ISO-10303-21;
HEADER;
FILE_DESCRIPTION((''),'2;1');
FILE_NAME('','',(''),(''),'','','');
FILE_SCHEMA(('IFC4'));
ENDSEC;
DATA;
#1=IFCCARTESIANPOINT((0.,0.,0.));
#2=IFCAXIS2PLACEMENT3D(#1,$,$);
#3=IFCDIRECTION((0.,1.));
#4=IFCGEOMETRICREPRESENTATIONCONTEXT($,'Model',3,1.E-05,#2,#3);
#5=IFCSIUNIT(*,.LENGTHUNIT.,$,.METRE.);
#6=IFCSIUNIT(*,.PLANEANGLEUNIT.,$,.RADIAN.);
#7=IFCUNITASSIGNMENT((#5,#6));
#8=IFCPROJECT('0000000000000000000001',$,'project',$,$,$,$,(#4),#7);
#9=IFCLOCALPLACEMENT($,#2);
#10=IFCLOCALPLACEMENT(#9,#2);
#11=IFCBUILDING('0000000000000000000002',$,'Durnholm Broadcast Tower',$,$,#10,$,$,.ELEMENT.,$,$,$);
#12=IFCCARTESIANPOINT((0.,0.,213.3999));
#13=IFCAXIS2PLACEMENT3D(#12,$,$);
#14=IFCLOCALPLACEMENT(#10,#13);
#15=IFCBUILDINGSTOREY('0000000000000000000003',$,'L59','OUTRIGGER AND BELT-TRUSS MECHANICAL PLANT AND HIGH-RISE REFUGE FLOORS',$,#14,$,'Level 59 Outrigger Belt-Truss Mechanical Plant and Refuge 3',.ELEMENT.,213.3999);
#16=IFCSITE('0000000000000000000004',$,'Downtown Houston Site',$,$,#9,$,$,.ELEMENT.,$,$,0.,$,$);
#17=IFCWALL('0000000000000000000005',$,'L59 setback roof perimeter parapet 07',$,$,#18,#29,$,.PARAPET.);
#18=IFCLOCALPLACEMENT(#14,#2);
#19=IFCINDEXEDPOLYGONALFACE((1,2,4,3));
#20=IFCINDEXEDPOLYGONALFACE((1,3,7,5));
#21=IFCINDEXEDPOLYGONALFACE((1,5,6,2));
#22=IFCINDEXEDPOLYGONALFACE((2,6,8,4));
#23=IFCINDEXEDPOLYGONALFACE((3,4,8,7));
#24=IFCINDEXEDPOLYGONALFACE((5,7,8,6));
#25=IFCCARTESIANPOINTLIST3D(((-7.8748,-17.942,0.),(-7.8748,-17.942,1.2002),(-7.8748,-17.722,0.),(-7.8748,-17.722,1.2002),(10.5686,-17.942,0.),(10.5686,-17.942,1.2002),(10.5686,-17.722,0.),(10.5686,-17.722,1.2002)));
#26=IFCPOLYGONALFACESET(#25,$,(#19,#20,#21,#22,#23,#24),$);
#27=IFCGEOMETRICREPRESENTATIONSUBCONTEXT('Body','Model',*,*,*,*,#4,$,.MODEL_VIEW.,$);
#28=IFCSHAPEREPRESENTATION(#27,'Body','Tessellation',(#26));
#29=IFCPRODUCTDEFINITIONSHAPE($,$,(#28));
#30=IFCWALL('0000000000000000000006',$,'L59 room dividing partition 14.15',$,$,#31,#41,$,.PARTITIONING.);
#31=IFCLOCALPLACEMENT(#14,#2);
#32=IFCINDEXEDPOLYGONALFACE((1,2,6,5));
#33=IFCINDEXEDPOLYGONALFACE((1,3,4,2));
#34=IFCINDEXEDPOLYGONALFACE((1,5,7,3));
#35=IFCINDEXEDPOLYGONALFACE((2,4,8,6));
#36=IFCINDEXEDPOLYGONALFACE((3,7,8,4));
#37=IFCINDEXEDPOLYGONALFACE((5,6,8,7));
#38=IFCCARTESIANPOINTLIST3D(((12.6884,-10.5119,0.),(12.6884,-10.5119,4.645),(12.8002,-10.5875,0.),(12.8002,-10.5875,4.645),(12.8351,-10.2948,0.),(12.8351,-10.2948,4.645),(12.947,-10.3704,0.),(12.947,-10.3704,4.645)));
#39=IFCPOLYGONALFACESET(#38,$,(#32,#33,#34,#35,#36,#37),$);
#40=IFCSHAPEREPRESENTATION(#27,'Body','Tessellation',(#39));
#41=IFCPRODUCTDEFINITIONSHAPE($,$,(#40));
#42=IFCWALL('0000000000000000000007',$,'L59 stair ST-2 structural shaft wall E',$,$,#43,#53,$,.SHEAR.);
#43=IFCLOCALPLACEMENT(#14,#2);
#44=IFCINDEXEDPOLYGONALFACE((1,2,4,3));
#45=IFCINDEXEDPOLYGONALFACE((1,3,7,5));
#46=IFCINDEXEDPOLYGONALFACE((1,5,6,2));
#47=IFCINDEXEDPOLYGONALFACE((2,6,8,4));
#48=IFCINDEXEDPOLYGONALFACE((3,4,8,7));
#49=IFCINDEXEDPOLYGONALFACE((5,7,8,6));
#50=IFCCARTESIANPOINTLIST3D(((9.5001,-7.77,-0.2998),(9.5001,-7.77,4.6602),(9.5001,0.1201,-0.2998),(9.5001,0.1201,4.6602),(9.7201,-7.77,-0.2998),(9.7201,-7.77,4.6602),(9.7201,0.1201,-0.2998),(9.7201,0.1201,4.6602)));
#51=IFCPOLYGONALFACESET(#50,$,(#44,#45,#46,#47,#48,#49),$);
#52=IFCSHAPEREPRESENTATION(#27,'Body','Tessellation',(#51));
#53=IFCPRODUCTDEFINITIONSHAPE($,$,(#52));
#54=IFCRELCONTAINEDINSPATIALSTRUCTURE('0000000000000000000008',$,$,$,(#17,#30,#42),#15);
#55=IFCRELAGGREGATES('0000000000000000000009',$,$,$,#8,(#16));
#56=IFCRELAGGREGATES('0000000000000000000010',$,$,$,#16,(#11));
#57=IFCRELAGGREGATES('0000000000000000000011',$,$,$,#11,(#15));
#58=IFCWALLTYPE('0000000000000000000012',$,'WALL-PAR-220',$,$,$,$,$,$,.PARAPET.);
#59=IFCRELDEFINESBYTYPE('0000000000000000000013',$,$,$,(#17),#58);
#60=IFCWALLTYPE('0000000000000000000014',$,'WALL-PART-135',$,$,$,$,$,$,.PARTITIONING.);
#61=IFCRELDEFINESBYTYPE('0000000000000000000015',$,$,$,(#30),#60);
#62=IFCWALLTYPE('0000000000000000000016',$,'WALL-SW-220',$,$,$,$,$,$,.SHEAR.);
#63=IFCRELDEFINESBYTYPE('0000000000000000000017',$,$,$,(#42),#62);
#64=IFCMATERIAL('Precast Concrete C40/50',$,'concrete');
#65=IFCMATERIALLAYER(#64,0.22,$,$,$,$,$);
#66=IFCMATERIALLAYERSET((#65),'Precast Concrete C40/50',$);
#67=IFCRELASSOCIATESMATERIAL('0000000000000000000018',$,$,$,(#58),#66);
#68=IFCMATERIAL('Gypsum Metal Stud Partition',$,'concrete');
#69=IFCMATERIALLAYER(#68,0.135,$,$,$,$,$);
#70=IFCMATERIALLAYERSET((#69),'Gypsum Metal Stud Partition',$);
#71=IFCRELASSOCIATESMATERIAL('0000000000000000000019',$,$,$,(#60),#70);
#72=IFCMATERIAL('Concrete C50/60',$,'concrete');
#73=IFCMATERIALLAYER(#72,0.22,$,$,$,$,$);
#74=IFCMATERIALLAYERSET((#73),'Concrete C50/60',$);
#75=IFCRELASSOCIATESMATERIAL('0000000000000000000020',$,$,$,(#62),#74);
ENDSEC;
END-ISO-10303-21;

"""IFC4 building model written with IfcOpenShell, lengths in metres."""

from ifc_helpers import new_model, si_unit, direction, frame, frame_2d, origin, place, context, subcontext, project, spatial, rectangle, extrude, material, layer, layer_set, type_object, element, save


model = new_model("IFC4")

# Units and contexts
model_context = context("Model", 3, precision=1e-05, world=origin(), true_north=direction((0.0, 1.0)))
body_context = subcontext(model_context, "Body", "Model", "MODEL_VIEW")
ifc_project = project(units=[si_unit("LENGTHUNIT", "METRE"), si_unit("PLANEANGLEUNIT", "RADIAN")], contexts=[model_context])

# Site, building, storey
site_placement = place(None, origin())
site = spatial("IfcSite", under=ifc_project, at=site_placement, Name="Downtown Houston Site", CompositionType="ELEMENT", RefElevation=0.0)
building_placement = place(site_placement, origin())
building = spatial("IfcBuilding", under=site, at=building_placement, Name="Durnholm Broadcast Tower", CompositionType="ELEMENT")
storey_placement = place(building_placement, frame((0.0, 0.0, 213.3999)))
storey = spatial("IfcBuildingStorey", under=building, at=storey_placement, Name="L59", Description="OUTRIGGER AND BELT-TRUSS MECHANICAL PLANT AND HIGH-RISE REFUGE FLOORS", LongName="Level 59 Outrigger Belt-Truss Mechanical Plant and Refuge 3", CompositionType="ELEMENT", Elevation=213.3999)

# Walls
ifc_material_1 = material(Name="Precast Concrete C40/50", Category="concrete")
ifc_layer_1 = layer(ifc_material_1, 0.22)
ifc_layer_set_1 = layer_set([ifc_layer_1], Name="Precast Concrete C40/50")
wall_type_1 = type_object("IfcWallType", Name="WALL-PAR-220", PredefinedType="PARAPET", material=ifc_layer_set_1)
wall_1_placement = place(storey_placement, frame((10.5686, -17.832, 0.0), z_axis=(0.0, 0.0, 1.0), x_axis=(-1.0, 0.0, 0.0)))
element("IfcWall", 1, at=wall_1_placement, inside=storey, type_object=wall_type_1, Name="L59 setback roof perimeter parapet 07", PredefinedType="PARAPET", context=body_context, shape_type="SweptSolid", body=[
    extrude(rectangle(XDim=18.4434, YDim=0.22, at=frame_2d((9.2217, 0.0))), origin(), (0.0, 0.0, 1.0), 1.2002),
])
ifc_material_2 = material(Name="Gypsum Metal Stud Partition", Category="concrete")
ifc_layer_2 = layer(ifc_material_2, 0.135)
ifc_layer_set_2 = layer_set([ifc_layer_2], Name="Gypsum Metal Stud Partition")
wall_type_2 = type_object("IfcWallType", Name="WALL-PART-135", PredefinedType="PARTITIONING", material=ifc_layer_set_2)
wall_2_placement = place(storey_placement, frame((12.7444, -10.5496, 0.0), z_axis=(0.0, 0.0, 1.0), x_axis=(0.560065, 0.828449, 0.0)))
element("IfcWall", 2, at=wall_2_placement, inside=storey, type_object=wall_type_2, Name="L59 room dividing partition 14.15", PredefinedType="PARTITIONING", context=body_context, shape_type="SweptSolid", body=[
    extrude(rectangle(XDim=0.262, YDim=0.135, at=frame_2d((0.1309, 0.0))), origin(), (0.0, 0.0, 1.0), 4.645),
])
ifc_material_3 = material(Name="Concrete C50/60", Category="concrete")
ifc_layer_3 = layer(ifc_material_3, 0.22)
ifc_layer_set_3 = layer_set([ifc_layer_3], Name="Concrete C50/60")
wall_type_3 = type_object("IfcWallType", Name="WALL-SW-220", PredefinedType="SHEAR", material=ifc_layer_set_3)
wall_3_placement = place(storey_placement, frame((9.6101, -7.77, -0.2998), z_axis=(0.0, 0.0, 1.0), x_axis=(0.0, 1.0, 0.0)))
element("IfcWall", 3, at=wall_3_placement, inside=storey, type_object=wall_type_3, Name="L59 stair ST-2 structural shaft wall E", PredefinedType="SHEAR", context=body_context, shape_type="SweptSolid", body=[
    extrude(rectangle(XDim=7.8901, YDim=0.22, at=frame_2d((3.9451, 0.0))), origin(), (0.0, 0.0, 1.0), 4.96),
])

save(model, "model.ifc")
